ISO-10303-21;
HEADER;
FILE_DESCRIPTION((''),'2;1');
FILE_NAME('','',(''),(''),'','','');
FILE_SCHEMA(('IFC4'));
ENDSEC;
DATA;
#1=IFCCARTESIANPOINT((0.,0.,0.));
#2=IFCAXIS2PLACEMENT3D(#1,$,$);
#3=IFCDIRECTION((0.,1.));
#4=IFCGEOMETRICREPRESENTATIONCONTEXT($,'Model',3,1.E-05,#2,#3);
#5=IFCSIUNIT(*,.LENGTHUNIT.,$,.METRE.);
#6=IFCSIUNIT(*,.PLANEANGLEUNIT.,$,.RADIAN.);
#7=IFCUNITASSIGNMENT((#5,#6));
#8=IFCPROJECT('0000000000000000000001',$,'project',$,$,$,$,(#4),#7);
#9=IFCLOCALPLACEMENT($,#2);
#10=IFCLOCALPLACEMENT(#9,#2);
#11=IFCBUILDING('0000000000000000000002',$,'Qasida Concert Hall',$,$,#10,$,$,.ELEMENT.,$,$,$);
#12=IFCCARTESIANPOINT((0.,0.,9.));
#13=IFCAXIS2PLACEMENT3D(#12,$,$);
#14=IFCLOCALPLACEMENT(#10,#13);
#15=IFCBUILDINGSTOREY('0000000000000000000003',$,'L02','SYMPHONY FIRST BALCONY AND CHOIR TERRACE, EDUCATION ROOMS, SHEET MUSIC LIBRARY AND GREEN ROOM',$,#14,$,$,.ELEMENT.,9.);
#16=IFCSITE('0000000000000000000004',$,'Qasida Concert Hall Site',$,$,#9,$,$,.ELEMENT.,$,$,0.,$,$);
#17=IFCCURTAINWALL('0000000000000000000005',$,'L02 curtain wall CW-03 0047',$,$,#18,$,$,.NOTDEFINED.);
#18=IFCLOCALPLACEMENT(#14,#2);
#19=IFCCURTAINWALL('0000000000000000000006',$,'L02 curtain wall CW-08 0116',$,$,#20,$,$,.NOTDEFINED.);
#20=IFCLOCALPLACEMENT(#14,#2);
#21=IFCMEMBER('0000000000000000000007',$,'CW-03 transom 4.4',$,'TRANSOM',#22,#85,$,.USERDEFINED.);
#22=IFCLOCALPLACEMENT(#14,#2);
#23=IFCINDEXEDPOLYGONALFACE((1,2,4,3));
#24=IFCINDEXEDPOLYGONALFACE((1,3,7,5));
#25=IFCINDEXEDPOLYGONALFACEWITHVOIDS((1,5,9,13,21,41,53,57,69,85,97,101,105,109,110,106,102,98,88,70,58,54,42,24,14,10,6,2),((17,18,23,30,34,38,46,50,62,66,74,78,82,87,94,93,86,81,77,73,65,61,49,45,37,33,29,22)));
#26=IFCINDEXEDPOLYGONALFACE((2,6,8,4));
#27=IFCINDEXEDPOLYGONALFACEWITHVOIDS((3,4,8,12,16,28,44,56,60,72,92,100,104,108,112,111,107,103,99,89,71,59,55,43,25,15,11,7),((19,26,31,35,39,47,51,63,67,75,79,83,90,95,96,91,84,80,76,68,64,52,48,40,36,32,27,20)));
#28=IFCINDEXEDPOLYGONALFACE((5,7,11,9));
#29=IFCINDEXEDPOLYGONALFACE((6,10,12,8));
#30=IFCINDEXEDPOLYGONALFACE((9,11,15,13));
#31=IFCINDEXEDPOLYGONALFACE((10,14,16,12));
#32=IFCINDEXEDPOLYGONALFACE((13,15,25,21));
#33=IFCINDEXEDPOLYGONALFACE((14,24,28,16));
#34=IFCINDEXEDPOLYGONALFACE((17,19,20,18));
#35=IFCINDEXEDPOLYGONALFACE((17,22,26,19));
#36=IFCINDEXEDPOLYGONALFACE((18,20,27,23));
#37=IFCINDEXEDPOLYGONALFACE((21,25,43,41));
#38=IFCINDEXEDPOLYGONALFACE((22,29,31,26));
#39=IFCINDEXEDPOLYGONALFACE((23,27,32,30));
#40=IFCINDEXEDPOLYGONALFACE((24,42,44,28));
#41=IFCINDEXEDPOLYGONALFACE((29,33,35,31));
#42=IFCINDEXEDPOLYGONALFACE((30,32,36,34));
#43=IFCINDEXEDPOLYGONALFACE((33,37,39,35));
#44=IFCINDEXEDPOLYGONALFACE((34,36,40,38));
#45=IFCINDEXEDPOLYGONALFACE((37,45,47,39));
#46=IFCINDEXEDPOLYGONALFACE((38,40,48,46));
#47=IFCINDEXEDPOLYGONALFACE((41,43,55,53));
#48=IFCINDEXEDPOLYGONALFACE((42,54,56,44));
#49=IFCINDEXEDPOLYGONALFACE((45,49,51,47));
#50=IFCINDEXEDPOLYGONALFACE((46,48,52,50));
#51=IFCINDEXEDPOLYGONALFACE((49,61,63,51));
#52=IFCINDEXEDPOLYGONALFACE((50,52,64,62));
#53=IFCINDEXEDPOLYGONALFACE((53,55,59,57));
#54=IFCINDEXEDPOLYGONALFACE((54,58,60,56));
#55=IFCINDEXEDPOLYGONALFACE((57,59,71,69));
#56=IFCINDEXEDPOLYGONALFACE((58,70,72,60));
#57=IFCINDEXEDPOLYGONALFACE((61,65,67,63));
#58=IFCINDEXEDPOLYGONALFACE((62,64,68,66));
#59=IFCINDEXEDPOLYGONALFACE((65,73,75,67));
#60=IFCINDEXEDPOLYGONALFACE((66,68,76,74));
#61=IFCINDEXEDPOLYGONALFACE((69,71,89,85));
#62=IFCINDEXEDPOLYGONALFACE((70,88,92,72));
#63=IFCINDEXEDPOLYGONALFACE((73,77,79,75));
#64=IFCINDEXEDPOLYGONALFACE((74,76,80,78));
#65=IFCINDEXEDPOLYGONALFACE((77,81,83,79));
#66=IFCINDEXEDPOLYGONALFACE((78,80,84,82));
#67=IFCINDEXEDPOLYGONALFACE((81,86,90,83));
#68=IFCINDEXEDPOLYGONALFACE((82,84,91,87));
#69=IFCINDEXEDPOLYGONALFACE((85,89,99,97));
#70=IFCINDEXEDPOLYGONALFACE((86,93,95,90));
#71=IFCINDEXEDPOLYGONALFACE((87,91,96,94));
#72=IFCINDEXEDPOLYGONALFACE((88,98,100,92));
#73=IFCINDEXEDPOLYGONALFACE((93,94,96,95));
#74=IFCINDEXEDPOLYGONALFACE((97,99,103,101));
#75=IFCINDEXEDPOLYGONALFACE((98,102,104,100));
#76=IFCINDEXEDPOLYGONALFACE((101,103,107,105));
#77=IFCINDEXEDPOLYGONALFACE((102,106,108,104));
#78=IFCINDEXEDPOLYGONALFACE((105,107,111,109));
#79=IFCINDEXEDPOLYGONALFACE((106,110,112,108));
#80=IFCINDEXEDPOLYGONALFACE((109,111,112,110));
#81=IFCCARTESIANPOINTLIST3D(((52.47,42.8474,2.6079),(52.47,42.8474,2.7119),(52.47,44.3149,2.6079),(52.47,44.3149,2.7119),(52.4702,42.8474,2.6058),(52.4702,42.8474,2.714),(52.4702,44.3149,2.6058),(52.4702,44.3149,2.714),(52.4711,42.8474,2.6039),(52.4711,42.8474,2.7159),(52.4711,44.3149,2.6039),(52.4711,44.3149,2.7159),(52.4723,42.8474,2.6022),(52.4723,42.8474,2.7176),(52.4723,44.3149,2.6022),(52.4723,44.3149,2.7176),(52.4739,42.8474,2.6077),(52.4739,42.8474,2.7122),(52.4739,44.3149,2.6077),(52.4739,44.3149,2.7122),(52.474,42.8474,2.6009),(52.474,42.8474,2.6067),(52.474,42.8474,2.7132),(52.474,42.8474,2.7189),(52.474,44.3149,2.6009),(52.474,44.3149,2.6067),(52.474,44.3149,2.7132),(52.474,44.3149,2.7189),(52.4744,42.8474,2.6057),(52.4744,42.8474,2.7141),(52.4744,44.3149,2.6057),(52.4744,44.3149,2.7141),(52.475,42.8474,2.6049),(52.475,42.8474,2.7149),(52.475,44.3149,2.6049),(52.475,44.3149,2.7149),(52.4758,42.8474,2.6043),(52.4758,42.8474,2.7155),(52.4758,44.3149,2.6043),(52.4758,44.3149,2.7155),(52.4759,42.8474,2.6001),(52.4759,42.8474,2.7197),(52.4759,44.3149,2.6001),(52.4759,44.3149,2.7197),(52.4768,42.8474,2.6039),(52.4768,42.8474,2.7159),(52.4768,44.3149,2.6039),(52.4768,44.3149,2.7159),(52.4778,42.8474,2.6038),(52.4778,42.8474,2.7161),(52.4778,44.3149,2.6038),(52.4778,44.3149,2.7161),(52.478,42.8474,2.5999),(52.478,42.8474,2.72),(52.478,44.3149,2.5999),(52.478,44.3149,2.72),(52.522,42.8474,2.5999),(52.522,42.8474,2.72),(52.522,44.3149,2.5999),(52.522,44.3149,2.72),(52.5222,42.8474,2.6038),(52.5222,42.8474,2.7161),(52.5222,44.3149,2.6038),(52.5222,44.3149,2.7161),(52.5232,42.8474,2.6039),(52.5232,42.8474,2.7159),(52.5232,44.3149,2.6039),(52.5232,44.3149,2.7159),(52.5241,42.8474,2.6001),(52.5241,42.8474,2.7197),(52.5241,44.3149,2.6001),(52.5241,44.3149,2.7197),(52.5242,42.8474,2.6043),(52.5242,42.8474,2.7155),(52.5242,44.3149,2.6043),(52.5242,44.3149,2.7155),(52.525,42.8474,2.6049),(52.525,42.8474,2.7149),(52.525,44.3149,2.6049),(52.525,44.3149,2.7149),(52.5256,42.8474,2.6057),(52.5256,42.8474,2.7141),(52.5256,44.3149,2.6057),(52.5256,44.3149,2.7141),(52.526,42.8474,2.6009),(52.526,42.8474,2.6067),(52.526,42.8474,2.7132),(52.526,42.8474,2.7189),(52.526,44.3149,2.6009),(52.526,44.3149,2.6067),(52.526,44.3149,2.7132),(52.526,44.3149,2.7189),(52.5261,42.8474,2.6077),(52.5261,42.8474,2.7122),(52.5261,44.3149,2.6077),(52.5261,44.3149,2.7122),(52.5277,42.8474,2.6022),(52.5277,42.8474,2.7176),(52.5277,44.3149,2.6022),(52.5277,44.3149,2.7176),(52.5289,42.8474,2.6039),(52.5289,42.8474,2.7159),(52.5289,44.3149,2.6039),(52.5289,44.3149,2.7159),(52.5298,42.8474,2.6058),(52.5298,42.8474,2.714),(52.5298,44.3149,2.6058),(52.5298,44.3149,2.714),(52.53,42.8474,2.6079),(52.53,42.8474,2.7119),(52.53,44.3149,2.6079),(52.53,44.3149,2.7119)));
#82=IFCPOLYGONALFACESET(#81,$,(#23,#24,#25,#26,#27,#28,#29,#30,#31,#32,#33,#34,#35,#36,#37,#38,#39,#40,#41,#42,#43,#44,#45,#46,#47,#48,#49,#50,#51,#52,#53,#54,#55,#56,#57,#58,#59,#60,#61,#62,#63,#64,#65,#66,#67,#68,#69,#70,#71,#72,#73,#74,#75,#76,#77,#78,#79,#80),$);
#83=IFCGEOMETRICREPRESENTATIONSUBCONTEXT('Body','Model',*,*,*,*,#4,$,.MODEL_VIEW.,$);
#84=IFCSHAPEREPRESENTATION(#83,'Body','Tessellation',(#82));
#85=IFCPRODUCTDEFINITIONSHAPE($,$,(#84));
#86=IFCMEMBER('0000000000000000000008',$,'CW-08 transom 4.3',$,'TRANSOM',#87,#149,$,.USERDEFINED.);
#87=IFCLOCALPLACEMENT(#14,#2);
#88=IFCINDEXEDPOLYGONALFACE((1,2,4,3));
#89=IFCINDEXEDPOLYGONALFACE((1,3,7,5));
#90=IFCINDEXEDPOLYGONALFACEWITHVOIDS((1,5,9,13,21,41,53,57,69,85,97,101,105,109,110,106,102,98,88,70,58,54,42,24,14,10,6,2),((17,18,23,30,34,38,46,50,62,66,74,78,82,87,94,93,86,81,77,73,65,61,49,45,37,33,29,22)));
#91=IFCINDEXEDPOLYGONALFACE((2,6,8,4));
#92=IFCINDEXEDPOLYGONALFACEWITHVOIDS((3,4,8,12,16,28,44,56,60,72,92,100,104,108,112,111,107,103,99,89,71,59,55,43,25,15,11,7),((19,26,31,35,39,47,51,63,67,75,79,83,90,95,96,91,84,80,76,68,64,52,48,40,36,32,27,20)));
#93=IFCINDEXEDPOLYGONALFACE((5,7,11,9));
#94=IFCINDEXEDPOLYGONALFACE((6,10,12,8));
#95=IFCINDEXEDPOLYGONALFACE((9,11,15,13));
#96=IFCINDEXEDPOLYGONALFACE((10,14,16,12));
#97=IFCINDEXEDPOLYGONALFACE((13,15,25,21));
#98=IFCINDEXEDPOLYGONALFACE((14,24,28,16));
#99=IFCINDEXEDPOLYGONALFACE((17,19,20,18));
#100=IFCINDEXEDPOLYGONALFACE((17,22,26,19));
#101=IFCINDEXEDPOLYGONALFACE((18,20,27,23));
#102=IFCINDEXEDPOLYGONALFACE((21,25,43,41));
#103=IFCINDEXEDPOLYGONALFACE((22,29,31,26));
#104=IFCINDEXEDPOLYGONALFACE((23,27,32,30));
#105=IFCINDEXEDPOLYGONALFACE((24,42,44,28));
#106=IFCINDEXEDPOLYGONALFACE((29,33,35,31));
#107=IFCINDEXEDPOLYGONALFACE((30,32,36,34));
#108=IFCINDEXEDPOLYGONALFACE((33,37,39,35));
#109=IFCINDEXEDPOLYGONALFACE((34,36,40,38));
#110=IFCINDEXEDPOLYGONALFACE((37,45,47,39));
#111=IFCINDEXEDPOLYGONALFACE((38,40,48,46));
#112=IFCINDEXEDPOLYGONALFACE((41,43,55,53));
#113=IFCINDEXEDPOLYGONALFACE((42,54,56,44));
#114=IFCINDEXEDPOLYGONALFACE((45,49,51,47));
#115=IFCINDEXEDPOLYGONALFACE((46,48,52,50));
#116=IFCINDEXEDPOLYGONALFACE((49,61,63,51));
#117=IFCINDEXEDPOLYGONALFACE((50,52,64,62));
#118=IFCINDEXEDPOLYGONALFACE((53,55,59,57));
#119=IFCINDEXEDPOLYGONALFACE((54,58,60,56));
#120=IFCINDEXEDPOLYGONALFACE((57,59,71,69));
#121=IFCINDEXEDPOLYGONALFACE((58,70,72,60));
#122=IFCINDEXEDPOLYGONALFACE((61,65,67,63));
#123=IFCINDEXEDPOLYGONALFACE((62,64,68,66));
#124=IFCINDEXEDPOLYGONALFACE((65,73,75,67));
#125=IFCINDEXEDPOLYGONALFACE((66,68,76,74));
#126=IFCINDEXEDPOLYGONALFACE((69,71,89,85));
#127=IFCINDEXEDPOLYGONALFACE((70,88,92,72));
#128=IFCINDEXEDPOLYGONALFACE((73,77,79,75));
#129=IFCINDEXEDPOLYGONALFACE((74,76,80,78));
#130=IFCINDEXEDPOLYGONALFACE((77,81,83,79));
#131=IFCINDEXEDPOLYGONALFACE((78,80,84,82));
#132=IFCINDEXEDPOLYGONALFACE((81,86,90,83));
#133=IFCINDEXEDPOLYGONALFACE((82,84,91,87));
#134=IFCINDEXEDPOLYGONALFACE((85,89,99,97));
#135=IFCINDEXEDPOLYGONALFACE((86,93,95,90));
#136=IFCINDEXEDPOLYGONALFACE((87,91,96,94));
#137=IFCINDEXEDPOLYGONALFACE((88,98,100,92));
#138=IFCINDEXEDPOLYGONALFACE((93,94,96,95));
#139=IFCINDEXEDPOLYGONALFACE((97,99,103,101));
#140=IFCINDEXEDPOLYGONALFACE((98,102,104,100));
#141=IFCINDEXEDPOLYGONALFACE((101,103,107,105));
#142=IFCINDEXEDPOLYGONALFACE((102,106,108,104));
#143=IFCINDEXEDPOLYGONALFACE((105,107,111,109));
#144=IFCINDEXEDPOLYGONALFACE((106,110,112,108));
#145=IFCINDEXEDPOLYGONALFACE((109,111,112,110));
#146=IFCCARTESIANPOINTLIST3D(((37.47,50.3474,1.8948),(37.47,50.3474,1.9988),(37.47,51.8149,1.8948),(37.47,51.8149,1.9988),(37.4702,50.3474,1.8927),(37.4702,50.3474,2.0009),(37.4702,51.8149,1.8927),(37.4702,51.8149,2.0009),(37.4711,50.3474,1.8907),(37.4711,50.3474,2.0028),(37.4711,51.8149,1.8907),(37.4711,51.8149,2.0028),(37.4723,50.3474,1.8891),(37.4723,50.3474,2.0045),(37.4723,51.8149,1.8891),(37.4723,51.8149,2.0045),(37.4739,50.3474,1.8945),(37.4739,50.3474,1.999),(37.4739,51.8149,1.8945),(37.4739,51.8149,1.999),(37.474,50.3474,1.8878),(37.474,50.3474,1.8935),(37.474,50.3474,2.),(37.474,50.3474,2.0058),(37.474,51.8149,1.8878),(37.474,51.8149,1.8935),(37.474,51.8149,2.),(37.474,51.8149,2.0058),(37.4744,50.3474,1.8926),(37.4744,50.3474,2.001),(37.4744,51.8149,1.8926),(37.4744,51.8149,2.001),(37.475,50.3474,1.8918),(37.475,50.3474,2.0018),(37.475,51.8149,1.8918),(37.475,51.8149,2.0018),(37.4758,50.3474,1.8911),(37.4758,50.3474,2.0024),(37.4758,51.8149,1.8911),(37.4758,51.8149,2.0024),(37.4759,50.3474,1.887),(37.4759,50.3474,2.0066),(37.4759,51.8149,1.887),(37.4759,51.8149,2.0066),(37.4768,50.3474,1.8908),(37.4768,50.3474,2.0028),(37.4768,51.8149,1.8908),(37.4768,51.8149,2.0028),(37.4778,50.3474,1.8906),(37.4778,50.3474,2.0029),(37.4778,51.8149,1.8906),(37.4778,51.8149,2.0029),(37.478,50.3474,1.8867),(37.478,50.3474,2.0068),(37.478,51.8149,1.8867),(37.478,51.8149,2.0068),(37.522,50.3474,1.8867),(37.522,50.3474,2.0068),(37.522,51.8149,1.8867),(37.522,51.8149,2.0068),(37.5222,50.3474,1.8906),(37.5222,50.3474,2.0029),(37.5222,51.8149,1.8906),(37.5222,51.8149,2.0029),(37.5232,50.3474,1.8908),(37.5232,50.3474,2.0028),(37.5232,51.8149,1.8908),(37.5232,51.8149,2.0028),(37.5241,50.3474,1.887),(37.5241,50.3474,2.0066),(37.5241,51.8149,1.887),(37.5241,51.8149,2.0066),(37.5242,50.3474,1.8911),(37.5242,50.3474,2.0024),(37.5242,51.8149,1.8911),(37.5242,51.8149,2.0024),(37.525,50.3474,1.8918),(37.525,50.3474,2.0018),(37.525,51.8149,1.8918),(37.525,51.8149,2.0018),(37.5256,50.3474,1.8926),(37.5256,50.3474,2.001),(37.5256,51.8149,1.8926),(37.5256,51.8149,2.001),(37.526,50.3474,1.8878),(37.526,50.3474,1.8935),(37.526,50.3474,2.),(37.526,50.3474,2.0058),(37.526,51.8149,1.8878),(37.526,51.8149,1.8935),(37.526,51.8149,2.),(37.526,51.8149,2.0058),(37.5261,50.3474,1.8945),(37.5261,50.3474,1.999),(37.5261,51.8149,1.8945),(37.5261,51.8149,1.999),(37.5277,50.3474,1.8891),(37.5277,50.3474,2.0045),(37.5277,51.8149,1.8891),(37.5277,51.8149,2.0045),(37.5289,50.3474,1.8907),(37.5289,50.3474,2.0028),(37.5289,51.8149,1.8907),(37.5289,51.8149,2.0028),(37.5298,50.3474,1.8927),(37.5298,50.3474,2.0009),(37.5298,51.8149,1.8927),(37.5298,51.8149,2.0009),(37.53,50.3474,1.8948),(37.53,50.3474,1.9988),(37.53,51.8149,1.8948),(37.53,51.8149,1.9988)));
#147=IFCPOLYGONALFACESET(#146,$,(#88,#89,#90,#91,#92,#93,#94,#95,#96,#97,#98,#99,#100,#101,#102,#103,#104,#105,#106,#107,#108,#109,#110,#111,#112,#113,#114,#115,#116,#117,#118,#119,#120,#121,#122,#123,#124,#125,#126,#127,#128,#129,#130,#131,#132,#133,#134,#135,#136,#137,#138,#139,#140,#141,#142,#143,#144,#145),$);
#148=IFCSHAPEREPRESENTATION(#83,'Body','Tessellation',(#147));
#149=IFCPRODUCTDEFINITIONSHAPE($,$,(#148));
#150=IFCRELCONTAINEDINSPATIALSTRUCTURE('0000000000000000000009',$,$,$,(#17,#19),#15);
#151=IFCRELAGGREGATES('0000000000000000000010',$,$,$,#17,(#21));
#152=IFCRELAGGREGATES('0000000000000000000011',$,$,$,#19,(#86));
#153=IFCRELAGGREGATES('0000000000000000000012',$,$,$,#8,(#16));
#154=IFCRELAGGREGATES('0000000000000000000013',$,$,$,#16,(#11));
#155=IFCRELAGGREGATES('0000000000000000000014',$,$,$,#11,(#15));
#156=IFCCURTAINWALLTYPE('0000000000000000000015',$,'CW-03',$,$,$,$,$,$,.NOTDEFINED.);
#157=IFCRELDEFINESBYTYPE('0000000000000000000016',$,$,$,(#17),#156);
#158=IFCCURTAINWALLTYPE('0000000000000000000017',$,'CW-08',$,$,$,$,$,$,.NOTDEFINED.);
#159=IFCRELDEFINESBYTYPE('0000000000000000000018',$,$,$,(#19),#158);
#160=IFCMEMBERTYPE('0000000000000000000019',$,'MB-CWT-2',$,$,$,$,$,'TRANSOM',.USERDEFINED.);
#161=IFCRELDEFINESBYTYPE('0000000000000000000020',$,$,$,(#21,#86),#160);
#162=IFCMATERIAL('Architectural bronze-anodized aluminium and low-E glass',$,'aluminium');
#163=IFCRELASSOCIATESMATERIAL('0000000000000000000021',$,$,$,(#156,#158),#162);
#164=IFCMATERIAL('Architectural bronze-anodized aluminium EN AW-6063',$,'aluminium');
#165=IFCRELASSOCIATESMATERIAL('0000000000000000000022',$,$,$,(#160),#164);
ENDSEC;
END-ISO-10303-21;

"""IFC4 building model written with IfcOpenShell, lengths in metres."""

from ifc_helpers import new_model, si_unit, direction, frame, origin, origin_2d, place, context, subcontext, project, spatial, hollow_rectangle, extrude, material, material_profile, profile_set, type_object, element, aggregate, save


model = new_model("IFC4")

# Units and contexts
model_context = context("Model", 3, precision=1e-05, world=origin(), true_north=direction((0.0, 1.0)))
body_context = subcontext(model_context, "Body", "Model", "MODEL_VIEW")
ifc_project = project(units=[si_unit("LENGTHUNIT", "METRE"), si_unit("PLANEANGLEUNIT", "RADIAN")], contexts=[model_context])

# Site, building, storey
site_placement = place(None, origin())
site = spatial("IfcSite", under=ifc_project, at=site_placement, Name="Qasida Concert Hall Site", CompositionType="ELEMENT", RefElevation=0.0)
building_placement = place(site_placement, origin())
building = spatial("IfcBuilding", under=site, at=building_placement, Name="Qasida Concert Hall", CompositionType="ELEMENT")
storey_placement = place(building_placement, frame((0.0, 0.0, 9.0)))
storey = spatial("IfcBuildingStorey", under=building, at=storey_placement, Name="L02", Description="SYMPHONY FIRST BALCONY AND CHOIR TERRACE, EDUCATION ROOMS, SHEET MUSIC LIBRARY AND GREEN ROOM", CompositionType="ELEMENT", Elevation=9.0)

# Curtain wall
ifc_material_1 = material(Name="Architectural bronze-anodized aluminium and low-E glass", Category="aluminium")
curtain_wall_type_1 = type_object("IfcCurtainWallType", Name="CW-03", PredefinedType="NOTDEFINED", material=ifc_material_1)
curtain_wall_1_placement = place(storey_placement, origin())
curtain_wall_1 = element("IfcCurtainWall", 1, at=curtain_wall_1_placement, inside=storey, type_object=curtain_wall_type_1, Name="L02 curtain wall CW-03 0047", PredefinedType="NOTDEFINED")
ifc_material_2 = material(Name="Architectural bronze-anodized aluminium EN AW-6063", Category="aluminium")

# Curtain wall
curtain_wall_type_2 = type_object("IfcCurtainWallType", Name="CW-08", PredefinedType="NOTDEFINED", material=ifc_material_1)
curtain_wall_2_placement = place(storey_placement, origin())
curtain_wall_2 = element("IfcCurtainWall", 2, at=curtain_wall_2_placement, inside=storey, type_object=curtain_wall_type_2, Name="L02 curtain wall CW-08 0116", PredefinedType="NOTDEFINED")

# Members
ifc_material_profile_1 = material_profile(ifc_material_2, hollow_rectangle(XDim=0.0601, YDim=0.1201, WallThickness=0.0039, InnerFilletRadius=0.0039, OuterFilletRadius=0.0081, at=origin_2d()), Name="CWT 120x60x4")
ifc_profile_set_1 = profile_set([ifc_material_profile_1], Name="Architectural bronze-anodized aluminium EN AW-6063")
member_type_1 = type_object("IfcMemberType", Name="MB-CWT-2", ElementType="TRANSOM", PredefinedType="USERDEFINED", material=ifc_profile_set_1)
member_1_placement = place(storey_placement, frame((52.5, 42.8474, 2.6599), z_axis=(0.0, 1.0, 0.0), x_axis=(-1.0, 0.0, 0.0)))
member_1 = element("IfcMember", 3, at=member_1_placement, type_object=member_type_1, Name="CW-03 transom 4.4", ObjectType="TRANSOM", PredefinedType="USERDEFINED", context=body_context, shape_type="SweptSolid", body=[
    extrude(hollow_rectangle(XDim=0.0601, YDim=0.1201, WallThickness=0.0039, InnerFilletRadius=0.0039, OuterFilletRadius=0.0081, at=origin_2d()), origin(), (0.0, 0.0, 1.0), 1.4675),
])
member_2_placement = place(storey_placement, frame((37.5, 50.3474, 1.9468), z_axis=(0.0, 1.0, 0.0), x_axis=(-1.0, 0.0, 0.0)))
member_2 = element("IfcMember", 4, at=member_2_placement, type_object=member_type_1, Name="CW-08 transom 4.3", ObjectType="TRANSOM", PredefinedType="USERDEFINED", context=body_context, shape_type="SweptSolid", body=[
    extrude(hollow_rectangle(XDim=0.0601, YDim=0.1201, WallThickness=0.0039, InnerFilletRadius=0.0039, OuterFilletRadius=0.0081, at=origin_2d()), origin(), (0.0, 0.0, 1.0), 1.4675),
])

aggregate(curtain_wall_1, [member_1])
aggregate(curtain_wall_2, [member_2])

save(model, "model.ifc")
